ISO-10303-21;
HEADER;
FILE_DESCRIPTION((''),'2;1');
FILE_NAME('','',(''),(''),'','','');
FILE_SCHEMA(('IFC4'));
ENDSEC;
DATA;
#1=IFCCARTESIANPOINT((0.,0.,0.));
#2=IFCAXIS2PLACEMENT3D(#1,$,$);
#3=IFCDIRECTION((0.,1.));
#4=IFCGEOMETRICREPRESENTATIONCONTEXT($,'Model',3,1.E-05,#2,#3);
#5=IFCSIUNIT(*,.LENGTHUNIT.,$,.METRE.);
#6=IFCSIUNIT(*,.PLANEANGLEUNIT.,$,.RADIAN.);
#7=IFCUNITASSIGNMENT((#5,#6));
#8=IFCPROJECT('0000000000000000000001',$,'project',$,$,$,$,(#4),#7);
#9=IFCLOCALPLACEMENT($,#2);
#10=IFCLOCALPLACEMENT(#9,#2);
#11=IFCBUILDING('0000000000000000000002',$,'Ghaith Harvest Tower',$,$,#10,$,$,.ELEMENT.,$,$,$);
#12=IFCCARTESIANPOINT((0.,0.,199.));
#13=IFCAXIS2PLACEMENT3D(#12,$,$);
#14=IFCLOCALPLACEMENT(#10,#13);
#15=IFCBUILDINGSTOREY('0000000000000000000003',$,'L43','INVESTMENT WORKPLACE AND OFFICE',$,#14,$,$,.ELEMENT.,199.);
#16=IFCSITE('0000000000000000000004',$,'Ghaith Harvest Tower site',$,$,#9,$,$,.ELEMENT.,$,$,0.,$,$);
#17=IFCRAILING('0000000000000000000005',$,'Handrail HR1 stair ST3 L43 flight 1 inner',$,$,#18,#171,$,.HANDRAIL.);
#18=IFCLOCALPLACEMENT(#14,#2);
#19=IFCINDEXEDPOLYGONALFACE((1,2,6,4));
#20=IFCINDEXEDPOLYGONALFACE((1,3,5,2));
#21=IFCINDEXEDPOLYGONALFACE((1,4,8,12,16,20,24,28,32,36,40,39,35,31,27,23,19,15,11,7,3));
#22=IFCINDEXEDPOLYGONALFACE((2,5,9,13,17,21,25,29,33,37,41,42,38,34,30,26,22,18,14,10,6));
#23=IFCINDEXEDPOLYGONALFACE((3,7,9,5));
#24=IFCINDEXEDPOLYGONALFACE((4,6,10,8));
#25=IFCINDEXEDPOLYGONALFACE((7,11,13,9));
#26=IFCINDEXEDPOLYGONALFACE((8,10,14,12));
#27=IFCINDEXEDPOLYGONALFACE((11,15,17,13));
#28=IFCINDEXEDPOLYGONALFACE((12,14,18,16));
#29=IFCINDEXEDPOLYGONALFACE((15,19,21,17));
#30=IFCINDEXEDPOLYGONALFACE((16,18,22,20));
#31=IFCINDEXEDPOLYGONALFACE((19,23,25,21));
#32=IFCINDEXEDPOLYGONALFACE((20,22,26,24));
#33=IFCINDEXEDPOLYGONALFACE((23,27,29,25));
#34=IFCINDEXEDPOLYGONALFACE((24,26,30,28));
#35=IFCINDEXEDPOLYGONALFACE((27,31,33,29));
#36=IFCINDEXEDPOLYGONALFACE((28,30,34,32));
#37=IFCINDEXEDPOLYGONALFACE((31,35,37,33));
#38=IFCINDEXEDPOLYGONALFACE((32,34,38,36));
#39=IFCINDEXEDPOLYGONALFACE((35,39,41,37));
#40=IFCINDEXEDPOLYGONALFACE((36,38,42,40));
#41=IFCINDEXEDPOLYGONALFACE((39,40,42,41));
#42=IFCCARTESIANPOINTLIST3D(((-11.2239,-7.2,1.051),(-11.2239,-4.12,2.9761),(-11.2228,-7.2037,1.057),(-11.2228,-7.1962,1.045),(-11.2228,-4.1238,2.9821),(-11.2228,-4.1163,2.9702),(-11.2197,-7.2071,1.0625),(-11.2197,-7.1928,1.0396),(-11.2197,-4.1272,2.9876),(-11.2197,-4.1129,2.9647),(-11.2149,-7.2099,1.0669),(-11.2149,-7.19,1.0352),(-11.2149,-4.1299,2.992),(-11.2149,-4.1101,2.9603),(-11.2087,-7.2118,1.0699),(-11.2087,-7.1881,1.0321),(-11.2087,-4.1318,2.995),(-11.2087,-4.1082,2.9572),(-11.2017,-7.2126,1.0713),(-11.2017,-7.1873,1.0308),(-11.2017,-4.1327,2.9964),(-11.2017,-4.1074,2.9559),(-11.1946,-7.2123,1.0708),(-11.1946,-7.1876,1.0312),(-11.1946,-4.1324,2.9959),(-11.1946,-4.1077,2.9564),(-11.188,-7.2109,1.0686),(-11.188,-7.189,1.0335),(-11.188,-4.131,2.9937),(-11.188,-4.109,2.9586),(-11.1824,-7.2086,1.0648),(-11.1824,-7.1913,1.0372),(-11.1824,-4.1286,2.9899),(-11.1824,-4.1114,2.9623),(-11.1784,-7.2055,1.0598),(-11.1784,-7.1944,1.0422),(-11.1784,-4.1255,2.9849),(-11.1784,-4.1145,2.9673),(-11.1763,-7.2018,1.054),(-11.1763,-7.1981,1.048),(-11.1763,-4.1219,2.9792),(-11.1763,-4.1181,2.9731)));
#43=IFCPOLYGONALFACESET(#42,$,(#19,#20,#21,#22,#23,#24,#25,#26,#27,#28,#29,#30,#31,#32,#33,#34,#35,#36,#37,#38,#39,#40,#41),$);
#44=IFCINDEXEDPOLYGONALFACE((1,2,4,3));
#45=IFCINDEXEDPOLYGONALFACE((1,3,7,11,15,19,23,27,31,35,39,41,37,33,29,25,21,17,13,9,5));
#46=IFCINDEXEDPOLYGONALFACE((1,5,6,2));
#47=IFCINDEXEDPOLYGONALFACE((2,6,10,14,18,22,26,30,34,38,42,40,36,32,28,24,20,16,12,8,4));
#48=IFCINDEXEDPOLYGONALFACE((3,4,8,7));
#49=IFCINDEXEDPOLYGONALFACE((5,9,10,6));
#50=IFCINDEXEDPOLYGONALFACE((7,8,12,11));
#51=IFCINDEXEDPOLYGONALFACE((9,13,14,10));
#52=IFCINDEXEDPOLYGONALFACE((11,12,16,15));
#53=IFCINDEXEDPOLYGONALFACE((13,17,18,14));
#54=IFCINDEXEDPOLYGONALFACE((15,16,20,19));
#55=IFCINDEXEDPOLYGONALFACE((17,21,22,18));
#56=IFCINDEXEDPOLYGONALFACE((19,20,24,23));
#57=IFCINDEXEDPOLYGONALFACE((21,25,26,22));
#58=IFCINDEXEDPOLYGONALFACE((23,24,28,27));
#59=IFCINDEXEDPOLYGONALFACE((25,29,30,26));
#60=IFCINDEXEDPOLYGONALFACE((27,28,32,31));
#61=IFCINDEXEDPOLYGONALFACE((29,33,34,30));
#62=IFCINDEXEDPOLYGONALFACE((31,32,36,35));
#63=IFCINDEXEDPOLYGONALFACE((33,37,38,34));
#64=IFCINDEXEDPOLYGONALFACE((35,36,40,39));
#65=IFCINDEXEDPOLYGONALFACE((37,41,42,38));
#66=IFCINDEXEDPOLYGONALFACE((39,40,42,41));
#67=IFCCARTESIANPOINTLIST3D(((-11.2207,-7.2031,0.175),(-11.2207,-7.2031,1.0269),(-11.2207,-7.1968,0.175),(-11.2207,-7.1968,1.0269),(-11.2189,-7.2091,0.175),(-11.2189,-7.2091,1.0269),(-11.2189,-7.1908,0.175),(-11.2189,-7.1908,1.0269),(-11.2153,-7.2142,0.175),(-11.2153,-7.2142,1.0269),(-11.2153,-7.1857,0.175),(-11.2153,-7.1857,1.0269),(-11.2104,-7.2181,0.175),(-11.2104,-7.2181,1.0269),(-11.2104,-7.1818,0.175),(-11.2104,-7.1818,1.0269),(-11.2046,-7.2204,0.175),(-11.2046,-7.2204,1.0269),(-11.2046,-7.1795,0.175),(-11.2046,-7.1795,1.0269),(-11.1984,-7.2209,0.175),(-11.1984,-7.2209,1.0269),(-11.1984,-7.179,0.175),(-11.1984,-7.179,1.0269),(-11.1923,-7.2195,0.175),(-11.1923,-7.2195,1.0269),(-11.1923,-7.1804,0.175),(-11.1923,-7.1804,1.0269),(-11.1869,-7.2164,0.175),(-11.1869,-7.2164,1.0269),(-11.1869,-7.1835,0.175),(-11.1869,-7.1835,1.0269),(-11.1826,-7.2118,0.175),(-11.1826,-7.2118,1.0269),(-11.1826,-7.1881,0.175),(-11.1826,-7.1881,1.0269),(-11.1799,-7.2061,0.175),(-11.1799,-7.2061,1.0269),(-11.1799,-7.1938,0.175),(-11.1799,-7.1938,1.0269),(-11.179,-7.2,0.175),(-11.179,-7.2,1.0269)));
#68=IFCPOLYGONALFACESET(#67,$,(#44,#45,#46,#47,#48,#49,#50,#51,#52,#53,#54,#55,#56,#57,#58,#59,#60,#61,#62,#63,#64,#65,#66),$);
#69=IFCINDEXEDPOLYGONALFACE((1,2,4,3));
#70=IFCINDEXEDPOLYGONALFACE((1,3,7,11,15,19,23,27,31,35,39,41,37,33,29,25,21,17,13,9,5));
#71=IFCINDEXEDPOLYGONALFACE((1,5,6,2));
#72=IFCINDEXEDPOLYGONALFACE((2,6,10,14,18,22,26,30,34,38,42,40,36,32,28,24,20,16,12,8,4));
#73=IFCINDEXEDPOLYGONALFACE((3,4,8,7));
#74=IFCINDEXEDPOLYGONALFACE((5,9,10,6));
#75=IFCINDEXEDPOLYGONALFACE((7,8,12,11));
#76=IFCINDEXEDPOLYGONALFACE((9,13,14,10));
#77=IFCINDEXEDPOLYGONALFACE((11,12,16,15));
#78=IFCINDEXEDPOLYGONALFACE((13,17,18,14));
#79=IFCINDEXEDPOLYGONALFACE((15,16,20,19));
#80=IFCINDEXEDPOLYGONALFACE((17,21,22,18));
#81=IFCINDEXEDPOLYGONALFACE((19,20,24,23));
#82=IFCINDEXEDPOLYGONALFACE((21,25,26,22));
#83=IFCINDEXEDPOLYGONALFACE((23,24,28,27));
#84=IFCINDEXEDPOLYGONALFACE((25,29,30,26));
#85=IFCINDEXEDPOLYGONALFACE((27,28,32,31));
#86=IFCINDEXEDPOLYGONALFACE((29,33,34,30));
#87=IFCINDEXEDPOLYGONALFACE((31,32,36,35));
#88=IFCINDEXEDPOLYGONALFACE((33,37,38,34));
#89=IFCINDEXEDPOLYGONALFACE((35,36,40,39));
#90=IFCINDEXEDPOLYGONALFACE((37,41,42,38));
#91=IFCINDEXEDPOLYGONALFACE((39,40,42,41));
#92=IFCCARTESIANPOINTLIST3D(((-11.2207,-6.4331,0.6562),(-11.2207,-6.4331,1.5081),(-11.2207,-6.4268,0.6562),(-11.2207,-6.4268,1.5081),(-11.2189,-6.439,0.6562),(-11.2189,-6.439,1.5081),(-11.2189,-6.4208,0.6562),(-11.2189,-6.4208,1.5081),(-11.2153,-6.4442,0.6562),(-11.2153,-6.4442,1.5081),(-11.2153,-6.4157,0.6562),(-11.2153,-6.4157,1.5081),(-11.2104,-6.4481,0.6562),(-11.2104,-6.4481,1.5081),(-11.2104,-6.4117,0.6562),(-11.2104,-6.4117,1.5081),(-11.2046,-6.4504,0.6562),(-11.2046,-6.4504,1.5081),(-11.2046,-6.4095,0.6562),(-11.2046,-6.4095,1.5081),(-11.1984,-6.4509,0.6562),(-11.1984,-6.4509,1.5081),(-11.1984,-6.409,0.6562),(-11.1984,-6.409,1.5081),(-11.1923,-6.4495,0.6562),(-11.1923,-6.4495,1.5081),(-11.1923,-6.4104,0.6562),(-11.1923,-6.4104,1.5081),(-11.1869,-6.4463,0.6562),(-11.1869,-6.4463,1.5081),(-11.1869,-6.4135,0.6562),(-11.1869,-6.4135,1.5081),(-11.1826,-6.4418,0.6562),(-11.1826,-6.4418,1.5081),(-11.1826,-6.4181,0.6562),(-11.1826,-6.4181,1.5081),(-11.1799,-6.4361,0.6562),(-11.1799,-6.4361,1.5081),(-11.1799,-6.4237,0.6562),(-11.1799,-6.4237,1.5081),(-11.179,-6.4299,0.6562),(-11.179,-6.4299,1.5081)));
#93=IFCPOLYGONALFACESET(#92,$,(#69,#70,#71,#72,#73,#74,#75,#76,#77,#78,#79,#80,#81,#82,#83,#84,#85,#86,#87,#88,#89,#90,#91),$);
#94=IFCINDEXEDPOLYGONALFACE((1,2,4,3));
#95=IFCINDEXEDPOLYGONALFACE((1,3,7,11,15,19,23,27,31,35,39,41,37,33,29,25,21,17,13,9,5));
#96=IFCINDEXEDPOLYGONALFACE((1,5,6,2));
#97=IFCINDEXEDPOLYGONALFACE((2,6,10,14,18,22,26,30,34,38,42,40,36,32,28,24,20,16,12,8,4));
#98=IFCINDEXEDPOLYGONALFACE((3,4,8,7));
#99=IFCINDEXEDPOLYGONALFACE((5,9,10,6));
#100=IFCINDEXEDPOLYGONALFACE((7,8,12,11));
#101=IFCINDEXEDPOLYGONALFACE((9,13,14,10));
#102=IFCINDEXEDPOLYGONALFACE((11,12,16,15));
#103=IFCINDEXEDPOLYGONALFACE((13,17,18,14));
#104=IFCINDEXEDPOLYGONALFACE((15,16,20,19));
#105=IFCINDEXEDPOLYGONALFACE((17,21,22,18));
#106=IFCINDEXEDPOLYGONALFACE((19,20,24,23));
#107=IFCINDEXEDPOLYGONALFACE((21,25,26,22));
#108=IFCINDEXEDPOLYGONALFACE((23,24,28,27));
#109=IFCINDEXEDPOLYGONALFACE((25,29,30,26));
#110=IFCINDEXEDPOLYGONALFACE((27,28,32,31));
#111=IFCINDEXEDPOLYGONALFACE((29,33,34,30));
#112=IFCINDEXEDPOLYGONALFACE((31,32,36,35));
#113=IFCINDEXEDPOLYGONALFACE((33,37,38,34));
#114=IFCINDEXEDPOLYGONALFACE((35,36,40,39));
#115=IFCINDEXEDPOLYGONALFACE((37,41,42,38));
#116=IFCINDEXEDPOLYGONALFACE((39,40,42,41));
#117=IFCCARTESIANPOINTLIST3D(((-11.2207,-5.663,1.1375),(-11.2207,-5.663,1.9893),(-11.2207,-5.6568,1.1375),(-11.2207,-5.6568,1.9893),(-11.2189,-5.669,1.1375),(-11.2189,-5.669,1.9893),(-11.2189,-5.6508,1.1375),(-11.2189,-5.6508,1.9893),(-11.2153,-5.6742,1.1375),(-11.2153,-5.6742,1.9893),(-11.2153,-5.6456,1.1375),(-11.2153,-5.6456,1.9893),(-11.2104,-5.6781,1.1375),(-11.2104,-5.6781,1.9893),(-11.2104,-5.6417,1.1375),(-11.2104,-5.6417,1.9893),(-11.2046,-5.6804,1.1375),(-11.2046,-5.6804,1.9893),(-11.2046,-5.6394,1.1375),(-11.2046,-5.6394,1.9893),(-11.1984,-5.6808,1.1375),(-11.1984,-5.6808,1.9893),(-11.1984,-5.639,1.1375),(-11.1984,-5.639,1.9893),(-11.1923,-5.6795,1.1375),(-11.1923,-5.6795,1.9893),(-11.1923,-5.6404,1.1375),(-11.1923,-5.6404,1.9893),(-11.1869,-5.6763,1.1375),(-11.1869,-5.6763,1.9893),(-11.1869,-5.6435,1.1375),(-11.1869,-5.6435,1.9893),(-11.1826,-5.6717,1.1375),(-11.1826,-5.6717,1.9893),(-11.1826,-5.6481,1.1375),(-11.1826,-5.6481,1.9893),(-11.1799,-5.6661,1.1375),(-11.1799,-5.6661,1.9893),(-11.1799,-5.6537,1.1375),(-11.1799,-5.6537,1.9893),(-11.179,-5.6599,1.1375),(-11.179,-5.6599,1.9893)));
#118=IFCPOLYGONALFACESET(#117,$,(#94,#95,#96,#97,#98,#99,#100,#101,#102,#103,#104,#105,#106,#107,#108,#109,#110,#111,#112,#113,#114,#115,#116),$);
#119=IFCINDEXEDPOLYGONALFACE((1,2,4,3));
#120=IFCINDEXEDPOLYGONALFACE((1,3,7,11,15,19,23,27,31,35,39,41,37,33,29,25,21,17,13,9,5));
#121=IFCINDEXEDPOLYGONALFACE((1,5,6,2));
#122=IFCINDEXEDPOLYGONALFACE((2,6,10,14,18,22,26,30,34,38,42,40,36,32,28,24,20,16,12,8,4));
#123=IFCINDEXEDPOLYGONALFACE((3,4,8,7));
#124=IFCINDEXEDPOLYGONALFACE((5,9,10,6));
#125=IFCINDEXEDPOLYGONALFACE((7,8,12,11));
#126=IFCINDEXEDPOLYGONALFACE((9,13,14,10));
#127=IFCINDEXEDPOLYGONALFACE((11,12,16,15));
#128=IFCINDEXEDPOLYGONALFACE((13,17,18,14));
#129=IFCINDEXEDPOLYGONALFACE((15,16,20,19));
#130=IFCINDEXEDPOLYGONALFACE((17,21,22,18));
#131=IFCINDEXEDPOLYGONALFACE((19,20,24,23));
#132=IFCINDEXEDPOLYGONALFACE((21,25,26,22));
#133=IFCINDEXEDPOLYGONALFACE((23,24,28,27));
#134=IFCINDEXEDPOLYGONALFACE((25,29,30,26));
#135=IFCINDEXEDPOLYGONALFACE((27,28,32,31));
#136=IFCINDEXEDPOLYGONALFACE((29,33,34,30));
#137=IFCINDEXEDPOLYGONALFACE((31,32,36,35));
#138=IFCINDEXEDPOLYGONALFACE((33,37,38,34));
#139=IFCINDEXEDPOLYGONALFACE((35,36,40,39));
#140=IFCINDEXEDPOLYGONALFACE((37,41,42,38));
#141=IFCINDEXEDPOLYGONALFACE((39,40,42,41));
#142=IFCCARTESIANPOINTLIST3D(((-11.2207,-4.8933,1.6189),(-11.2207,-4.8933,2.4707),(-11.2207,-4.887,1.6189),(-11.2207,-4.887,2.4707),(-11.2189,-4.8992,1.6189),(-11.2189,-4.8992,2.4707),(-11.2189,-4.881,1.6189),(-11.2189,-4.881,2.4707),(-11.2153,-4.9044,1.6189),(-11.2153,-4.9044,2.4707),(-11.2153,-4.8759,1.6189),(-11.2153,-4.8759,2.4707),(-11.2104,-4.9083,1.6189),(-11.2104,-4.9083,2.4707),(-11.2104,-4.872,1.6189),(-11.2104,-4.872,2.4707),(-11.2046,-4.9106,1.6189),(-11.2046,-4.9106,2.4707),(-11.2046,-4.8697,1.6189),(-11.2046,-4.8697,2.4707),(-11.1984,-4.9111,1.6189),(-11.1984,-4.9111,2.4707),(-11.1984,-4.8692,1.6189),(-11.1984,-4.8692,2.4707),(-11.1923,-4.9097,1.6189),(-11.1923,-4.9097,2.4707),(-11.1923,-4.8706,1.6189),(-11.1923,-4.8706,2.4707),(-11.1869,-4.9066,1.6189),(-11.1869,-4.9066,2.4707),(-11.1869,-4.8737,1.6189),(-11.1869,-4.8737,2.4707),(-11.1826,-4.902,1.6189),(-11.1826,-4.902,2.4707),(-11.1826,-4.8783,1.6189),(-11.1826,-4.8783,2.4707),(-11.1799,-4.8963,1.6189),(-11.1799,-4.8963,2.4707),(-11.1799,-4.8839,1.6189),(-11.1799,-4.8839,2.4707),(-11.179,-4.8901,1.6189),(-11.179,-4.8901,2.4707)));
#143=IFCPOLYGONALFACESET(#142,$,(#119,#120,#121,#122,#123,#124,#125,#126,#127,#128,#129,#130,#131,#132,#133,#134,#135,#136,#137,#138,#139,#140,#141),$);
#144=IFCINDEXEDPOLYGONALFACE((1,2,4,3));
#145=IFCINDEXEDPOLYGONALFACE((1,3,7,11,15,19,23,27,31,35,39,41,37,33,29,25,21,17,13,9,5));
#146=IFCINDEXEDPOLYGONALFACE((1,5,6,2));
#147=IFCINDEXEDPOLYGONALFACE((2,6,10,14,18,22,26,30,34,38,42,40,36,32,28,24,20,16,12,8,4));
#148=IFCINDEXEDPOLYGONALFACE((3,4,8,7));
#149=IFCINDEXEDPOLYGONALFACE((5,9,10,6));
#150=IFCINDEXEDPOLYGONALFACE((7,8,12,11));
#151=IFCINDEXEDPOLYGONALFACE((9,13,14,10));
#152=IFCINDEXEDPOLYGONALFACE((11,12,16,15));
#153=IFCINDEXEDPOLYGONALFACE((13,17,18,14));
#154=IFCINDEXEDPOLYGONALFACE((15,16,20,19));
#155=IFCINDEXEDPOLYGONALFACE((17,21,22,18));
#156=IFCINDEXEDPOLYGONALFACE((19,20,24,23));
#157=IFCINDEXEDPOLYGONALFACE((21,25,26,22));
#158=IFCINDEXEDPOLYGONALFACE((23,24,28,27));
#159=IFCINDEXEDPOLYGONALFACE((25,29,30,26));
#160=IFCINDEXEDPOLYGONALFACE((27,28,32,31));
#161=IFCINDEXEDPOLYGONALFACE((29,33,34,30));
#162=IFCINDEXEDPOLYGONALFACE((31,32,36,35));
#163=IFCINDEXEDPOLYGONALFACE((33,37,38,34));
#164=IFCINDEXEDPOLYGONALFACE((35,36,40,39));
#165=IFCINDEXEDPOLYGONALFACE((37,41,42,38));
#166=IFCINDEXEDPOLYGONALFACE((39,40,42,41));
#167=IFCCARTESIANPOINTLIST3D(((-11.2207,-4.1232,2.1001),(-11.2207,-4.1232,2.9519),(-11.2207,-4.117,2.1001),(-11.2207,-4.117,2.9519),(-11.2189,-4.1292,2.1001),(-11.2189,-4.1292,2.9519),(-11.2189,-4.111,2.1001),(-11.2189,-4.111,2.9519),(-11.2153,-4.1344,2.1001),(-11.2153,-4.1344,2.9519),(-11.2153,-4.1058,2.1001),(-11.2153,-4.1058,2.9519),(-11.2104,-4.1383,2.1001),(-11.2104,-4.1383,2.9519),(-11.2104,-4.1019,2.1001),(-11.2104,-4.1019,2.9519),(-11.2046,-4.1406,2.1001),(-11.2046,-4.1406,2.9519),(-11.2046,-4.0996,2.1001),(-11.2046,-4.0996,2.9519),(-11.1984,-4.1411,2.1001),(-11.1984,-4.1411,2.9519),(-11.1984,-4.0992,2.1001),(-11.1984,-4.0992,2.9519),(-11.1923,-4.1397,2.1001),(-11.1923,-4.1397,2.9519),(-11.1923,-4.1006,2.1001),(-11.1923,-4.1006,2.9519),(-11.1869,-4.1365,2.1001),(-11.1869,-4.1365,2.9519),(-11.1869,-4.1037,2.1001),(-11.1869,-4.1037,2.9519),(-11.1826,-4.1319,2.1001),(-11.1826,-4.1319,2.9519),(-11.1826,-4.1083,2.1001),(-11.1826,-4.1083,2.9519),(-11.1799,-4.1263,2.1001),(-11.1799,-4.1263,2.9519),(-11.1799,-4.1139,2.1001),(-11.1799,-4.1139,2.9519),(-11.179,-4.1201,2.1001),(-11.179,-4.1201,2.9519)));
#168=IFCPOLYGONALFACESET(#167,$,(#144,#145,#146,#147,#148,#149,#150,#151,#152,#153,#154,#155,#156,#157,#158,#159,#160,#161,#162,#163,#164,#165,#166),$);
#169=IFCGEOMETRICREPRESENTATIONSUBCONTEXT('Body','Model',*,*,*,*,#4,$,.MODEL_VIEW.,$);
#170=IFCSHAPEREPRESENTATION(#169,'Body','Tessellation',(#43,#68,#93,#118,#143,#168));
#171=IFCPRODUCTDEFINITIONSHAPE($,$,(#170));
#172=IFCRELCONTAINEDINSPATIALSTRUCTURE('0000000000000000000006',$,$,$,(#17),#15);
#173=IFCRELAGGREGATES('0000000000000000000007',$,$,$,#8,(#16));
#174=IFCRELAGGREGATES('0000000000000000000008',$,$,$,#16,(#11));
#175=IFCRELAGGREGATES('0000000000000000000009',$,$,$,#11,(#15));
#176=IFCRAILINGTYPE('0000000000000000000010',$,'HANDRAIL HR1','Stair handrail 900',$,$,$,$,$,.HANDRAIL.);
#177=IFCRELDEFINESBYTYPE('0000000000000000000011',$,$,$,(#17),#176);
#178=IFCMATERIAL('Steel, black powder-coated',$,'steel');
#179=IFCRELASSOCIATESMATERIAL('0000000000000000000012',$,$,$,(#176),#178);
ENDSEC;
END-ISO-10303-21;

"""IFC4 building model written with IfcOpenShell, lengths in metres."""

from ifc_helpers import new_model, si_unit, direction, frame, origin, origin_2d, place, context, subcontext, project, spatial, circle, extrude, material, type_object, element, save


model = new_model("IFC4")

# Units and contexts
model_context = context("Model", 3, precision=1e-05, world=origin(), true_north=direction((0.0, 1.0)))
body_context = subcontext(model_context, "Body", "Model", "MODEL_VIEW")
ifc_project = project(units=[si_unit("LENGTHUNIT", "METRE"), si_unit("PLANEANGLEUNIT", "RADIAN")], contexts=[model_context])

# Site, building, storey
site_placement = place(None, origin())
site = spatial("IfcSite", under=ifc_project, at=site_placement, Name="Ghaith Harvest Tower site", CompositionType="ELEMENT", RefElevation=0.0)
building_placement = place(site_placement, origin())
building = spatial("IfcBuilding", under=site, at=building_placement, Name="Ghaith Harvest Tower", CompositionType="ELEMENT")
storey_placement = place(building_placement, frame((0.0, 0.0, 199.0)))
storey = spatial("IfcBuildingStorey", under=building, at=storey_placement, Name="L43", Description="INVESTMENT WORKPLACE AND OFFICE", CompositionType="ELEMENT", Elevation=199.0)

# Railing
ifc_material_1 = material(Name="Steel, black powder-coated", Category="steel")
railing_type = type_object("IfcRailingType", Name="HANDRAIL HR1", Description="Stair handrail 900", PredefinedType="HANDRAIL", material=ifc_material_1)
railing_1_placement = place(storey_placement, frame((-11.2, -7.2, 0.175)))
element("IfcRailing", 1, at=railing_1_placement, inside=storey, type_object=railing_type, Name="Handrail HR1 stair ST3 L43 flight 1 inner", PredefinedType="HANDRAIL", context=body_context, shape_type="SweptSolid", body=[
    extrude(circle(Radius=0.0239, at=origin_2d()), frame((0.0, 0.0, 0.876), z_axis=(0.0, 0.847979, 0.530029), x_axis=(-1.0, 0.0, 0.0)), (0.0, 0.0, 1.0), 3.6321),
    extrude(circle(Radius=0.021, at=origin_2d()), origin(), (0.0, 0.0, 1.0), 0.8518),
    extrude(circle(Radius=0.021, at=origin_2d()), frame((0.0, 0.77, 0.4812)), (0.0, 0.0, 1.0), 0.8518),
    extrude(circle(Radius=0.021, at=origin_2d()), frame((0.0, 1.54, 0.9624)), (0.0, 0.0, 1.0), 0.8518),
    extrude(circle(Radius=0.021, at=origin_2d()), frame((0.0, 2.3098, 1.4438)), (0.0, 0.0, 1.0), 0.8518),
    extrude(circle(Radius=0.021, at=origin_2d()), frame((0.0, 3.0798, 1.925)), (0.0, 0.0, 1.0), 0.8518),
])

save(model, "model.ifc")
